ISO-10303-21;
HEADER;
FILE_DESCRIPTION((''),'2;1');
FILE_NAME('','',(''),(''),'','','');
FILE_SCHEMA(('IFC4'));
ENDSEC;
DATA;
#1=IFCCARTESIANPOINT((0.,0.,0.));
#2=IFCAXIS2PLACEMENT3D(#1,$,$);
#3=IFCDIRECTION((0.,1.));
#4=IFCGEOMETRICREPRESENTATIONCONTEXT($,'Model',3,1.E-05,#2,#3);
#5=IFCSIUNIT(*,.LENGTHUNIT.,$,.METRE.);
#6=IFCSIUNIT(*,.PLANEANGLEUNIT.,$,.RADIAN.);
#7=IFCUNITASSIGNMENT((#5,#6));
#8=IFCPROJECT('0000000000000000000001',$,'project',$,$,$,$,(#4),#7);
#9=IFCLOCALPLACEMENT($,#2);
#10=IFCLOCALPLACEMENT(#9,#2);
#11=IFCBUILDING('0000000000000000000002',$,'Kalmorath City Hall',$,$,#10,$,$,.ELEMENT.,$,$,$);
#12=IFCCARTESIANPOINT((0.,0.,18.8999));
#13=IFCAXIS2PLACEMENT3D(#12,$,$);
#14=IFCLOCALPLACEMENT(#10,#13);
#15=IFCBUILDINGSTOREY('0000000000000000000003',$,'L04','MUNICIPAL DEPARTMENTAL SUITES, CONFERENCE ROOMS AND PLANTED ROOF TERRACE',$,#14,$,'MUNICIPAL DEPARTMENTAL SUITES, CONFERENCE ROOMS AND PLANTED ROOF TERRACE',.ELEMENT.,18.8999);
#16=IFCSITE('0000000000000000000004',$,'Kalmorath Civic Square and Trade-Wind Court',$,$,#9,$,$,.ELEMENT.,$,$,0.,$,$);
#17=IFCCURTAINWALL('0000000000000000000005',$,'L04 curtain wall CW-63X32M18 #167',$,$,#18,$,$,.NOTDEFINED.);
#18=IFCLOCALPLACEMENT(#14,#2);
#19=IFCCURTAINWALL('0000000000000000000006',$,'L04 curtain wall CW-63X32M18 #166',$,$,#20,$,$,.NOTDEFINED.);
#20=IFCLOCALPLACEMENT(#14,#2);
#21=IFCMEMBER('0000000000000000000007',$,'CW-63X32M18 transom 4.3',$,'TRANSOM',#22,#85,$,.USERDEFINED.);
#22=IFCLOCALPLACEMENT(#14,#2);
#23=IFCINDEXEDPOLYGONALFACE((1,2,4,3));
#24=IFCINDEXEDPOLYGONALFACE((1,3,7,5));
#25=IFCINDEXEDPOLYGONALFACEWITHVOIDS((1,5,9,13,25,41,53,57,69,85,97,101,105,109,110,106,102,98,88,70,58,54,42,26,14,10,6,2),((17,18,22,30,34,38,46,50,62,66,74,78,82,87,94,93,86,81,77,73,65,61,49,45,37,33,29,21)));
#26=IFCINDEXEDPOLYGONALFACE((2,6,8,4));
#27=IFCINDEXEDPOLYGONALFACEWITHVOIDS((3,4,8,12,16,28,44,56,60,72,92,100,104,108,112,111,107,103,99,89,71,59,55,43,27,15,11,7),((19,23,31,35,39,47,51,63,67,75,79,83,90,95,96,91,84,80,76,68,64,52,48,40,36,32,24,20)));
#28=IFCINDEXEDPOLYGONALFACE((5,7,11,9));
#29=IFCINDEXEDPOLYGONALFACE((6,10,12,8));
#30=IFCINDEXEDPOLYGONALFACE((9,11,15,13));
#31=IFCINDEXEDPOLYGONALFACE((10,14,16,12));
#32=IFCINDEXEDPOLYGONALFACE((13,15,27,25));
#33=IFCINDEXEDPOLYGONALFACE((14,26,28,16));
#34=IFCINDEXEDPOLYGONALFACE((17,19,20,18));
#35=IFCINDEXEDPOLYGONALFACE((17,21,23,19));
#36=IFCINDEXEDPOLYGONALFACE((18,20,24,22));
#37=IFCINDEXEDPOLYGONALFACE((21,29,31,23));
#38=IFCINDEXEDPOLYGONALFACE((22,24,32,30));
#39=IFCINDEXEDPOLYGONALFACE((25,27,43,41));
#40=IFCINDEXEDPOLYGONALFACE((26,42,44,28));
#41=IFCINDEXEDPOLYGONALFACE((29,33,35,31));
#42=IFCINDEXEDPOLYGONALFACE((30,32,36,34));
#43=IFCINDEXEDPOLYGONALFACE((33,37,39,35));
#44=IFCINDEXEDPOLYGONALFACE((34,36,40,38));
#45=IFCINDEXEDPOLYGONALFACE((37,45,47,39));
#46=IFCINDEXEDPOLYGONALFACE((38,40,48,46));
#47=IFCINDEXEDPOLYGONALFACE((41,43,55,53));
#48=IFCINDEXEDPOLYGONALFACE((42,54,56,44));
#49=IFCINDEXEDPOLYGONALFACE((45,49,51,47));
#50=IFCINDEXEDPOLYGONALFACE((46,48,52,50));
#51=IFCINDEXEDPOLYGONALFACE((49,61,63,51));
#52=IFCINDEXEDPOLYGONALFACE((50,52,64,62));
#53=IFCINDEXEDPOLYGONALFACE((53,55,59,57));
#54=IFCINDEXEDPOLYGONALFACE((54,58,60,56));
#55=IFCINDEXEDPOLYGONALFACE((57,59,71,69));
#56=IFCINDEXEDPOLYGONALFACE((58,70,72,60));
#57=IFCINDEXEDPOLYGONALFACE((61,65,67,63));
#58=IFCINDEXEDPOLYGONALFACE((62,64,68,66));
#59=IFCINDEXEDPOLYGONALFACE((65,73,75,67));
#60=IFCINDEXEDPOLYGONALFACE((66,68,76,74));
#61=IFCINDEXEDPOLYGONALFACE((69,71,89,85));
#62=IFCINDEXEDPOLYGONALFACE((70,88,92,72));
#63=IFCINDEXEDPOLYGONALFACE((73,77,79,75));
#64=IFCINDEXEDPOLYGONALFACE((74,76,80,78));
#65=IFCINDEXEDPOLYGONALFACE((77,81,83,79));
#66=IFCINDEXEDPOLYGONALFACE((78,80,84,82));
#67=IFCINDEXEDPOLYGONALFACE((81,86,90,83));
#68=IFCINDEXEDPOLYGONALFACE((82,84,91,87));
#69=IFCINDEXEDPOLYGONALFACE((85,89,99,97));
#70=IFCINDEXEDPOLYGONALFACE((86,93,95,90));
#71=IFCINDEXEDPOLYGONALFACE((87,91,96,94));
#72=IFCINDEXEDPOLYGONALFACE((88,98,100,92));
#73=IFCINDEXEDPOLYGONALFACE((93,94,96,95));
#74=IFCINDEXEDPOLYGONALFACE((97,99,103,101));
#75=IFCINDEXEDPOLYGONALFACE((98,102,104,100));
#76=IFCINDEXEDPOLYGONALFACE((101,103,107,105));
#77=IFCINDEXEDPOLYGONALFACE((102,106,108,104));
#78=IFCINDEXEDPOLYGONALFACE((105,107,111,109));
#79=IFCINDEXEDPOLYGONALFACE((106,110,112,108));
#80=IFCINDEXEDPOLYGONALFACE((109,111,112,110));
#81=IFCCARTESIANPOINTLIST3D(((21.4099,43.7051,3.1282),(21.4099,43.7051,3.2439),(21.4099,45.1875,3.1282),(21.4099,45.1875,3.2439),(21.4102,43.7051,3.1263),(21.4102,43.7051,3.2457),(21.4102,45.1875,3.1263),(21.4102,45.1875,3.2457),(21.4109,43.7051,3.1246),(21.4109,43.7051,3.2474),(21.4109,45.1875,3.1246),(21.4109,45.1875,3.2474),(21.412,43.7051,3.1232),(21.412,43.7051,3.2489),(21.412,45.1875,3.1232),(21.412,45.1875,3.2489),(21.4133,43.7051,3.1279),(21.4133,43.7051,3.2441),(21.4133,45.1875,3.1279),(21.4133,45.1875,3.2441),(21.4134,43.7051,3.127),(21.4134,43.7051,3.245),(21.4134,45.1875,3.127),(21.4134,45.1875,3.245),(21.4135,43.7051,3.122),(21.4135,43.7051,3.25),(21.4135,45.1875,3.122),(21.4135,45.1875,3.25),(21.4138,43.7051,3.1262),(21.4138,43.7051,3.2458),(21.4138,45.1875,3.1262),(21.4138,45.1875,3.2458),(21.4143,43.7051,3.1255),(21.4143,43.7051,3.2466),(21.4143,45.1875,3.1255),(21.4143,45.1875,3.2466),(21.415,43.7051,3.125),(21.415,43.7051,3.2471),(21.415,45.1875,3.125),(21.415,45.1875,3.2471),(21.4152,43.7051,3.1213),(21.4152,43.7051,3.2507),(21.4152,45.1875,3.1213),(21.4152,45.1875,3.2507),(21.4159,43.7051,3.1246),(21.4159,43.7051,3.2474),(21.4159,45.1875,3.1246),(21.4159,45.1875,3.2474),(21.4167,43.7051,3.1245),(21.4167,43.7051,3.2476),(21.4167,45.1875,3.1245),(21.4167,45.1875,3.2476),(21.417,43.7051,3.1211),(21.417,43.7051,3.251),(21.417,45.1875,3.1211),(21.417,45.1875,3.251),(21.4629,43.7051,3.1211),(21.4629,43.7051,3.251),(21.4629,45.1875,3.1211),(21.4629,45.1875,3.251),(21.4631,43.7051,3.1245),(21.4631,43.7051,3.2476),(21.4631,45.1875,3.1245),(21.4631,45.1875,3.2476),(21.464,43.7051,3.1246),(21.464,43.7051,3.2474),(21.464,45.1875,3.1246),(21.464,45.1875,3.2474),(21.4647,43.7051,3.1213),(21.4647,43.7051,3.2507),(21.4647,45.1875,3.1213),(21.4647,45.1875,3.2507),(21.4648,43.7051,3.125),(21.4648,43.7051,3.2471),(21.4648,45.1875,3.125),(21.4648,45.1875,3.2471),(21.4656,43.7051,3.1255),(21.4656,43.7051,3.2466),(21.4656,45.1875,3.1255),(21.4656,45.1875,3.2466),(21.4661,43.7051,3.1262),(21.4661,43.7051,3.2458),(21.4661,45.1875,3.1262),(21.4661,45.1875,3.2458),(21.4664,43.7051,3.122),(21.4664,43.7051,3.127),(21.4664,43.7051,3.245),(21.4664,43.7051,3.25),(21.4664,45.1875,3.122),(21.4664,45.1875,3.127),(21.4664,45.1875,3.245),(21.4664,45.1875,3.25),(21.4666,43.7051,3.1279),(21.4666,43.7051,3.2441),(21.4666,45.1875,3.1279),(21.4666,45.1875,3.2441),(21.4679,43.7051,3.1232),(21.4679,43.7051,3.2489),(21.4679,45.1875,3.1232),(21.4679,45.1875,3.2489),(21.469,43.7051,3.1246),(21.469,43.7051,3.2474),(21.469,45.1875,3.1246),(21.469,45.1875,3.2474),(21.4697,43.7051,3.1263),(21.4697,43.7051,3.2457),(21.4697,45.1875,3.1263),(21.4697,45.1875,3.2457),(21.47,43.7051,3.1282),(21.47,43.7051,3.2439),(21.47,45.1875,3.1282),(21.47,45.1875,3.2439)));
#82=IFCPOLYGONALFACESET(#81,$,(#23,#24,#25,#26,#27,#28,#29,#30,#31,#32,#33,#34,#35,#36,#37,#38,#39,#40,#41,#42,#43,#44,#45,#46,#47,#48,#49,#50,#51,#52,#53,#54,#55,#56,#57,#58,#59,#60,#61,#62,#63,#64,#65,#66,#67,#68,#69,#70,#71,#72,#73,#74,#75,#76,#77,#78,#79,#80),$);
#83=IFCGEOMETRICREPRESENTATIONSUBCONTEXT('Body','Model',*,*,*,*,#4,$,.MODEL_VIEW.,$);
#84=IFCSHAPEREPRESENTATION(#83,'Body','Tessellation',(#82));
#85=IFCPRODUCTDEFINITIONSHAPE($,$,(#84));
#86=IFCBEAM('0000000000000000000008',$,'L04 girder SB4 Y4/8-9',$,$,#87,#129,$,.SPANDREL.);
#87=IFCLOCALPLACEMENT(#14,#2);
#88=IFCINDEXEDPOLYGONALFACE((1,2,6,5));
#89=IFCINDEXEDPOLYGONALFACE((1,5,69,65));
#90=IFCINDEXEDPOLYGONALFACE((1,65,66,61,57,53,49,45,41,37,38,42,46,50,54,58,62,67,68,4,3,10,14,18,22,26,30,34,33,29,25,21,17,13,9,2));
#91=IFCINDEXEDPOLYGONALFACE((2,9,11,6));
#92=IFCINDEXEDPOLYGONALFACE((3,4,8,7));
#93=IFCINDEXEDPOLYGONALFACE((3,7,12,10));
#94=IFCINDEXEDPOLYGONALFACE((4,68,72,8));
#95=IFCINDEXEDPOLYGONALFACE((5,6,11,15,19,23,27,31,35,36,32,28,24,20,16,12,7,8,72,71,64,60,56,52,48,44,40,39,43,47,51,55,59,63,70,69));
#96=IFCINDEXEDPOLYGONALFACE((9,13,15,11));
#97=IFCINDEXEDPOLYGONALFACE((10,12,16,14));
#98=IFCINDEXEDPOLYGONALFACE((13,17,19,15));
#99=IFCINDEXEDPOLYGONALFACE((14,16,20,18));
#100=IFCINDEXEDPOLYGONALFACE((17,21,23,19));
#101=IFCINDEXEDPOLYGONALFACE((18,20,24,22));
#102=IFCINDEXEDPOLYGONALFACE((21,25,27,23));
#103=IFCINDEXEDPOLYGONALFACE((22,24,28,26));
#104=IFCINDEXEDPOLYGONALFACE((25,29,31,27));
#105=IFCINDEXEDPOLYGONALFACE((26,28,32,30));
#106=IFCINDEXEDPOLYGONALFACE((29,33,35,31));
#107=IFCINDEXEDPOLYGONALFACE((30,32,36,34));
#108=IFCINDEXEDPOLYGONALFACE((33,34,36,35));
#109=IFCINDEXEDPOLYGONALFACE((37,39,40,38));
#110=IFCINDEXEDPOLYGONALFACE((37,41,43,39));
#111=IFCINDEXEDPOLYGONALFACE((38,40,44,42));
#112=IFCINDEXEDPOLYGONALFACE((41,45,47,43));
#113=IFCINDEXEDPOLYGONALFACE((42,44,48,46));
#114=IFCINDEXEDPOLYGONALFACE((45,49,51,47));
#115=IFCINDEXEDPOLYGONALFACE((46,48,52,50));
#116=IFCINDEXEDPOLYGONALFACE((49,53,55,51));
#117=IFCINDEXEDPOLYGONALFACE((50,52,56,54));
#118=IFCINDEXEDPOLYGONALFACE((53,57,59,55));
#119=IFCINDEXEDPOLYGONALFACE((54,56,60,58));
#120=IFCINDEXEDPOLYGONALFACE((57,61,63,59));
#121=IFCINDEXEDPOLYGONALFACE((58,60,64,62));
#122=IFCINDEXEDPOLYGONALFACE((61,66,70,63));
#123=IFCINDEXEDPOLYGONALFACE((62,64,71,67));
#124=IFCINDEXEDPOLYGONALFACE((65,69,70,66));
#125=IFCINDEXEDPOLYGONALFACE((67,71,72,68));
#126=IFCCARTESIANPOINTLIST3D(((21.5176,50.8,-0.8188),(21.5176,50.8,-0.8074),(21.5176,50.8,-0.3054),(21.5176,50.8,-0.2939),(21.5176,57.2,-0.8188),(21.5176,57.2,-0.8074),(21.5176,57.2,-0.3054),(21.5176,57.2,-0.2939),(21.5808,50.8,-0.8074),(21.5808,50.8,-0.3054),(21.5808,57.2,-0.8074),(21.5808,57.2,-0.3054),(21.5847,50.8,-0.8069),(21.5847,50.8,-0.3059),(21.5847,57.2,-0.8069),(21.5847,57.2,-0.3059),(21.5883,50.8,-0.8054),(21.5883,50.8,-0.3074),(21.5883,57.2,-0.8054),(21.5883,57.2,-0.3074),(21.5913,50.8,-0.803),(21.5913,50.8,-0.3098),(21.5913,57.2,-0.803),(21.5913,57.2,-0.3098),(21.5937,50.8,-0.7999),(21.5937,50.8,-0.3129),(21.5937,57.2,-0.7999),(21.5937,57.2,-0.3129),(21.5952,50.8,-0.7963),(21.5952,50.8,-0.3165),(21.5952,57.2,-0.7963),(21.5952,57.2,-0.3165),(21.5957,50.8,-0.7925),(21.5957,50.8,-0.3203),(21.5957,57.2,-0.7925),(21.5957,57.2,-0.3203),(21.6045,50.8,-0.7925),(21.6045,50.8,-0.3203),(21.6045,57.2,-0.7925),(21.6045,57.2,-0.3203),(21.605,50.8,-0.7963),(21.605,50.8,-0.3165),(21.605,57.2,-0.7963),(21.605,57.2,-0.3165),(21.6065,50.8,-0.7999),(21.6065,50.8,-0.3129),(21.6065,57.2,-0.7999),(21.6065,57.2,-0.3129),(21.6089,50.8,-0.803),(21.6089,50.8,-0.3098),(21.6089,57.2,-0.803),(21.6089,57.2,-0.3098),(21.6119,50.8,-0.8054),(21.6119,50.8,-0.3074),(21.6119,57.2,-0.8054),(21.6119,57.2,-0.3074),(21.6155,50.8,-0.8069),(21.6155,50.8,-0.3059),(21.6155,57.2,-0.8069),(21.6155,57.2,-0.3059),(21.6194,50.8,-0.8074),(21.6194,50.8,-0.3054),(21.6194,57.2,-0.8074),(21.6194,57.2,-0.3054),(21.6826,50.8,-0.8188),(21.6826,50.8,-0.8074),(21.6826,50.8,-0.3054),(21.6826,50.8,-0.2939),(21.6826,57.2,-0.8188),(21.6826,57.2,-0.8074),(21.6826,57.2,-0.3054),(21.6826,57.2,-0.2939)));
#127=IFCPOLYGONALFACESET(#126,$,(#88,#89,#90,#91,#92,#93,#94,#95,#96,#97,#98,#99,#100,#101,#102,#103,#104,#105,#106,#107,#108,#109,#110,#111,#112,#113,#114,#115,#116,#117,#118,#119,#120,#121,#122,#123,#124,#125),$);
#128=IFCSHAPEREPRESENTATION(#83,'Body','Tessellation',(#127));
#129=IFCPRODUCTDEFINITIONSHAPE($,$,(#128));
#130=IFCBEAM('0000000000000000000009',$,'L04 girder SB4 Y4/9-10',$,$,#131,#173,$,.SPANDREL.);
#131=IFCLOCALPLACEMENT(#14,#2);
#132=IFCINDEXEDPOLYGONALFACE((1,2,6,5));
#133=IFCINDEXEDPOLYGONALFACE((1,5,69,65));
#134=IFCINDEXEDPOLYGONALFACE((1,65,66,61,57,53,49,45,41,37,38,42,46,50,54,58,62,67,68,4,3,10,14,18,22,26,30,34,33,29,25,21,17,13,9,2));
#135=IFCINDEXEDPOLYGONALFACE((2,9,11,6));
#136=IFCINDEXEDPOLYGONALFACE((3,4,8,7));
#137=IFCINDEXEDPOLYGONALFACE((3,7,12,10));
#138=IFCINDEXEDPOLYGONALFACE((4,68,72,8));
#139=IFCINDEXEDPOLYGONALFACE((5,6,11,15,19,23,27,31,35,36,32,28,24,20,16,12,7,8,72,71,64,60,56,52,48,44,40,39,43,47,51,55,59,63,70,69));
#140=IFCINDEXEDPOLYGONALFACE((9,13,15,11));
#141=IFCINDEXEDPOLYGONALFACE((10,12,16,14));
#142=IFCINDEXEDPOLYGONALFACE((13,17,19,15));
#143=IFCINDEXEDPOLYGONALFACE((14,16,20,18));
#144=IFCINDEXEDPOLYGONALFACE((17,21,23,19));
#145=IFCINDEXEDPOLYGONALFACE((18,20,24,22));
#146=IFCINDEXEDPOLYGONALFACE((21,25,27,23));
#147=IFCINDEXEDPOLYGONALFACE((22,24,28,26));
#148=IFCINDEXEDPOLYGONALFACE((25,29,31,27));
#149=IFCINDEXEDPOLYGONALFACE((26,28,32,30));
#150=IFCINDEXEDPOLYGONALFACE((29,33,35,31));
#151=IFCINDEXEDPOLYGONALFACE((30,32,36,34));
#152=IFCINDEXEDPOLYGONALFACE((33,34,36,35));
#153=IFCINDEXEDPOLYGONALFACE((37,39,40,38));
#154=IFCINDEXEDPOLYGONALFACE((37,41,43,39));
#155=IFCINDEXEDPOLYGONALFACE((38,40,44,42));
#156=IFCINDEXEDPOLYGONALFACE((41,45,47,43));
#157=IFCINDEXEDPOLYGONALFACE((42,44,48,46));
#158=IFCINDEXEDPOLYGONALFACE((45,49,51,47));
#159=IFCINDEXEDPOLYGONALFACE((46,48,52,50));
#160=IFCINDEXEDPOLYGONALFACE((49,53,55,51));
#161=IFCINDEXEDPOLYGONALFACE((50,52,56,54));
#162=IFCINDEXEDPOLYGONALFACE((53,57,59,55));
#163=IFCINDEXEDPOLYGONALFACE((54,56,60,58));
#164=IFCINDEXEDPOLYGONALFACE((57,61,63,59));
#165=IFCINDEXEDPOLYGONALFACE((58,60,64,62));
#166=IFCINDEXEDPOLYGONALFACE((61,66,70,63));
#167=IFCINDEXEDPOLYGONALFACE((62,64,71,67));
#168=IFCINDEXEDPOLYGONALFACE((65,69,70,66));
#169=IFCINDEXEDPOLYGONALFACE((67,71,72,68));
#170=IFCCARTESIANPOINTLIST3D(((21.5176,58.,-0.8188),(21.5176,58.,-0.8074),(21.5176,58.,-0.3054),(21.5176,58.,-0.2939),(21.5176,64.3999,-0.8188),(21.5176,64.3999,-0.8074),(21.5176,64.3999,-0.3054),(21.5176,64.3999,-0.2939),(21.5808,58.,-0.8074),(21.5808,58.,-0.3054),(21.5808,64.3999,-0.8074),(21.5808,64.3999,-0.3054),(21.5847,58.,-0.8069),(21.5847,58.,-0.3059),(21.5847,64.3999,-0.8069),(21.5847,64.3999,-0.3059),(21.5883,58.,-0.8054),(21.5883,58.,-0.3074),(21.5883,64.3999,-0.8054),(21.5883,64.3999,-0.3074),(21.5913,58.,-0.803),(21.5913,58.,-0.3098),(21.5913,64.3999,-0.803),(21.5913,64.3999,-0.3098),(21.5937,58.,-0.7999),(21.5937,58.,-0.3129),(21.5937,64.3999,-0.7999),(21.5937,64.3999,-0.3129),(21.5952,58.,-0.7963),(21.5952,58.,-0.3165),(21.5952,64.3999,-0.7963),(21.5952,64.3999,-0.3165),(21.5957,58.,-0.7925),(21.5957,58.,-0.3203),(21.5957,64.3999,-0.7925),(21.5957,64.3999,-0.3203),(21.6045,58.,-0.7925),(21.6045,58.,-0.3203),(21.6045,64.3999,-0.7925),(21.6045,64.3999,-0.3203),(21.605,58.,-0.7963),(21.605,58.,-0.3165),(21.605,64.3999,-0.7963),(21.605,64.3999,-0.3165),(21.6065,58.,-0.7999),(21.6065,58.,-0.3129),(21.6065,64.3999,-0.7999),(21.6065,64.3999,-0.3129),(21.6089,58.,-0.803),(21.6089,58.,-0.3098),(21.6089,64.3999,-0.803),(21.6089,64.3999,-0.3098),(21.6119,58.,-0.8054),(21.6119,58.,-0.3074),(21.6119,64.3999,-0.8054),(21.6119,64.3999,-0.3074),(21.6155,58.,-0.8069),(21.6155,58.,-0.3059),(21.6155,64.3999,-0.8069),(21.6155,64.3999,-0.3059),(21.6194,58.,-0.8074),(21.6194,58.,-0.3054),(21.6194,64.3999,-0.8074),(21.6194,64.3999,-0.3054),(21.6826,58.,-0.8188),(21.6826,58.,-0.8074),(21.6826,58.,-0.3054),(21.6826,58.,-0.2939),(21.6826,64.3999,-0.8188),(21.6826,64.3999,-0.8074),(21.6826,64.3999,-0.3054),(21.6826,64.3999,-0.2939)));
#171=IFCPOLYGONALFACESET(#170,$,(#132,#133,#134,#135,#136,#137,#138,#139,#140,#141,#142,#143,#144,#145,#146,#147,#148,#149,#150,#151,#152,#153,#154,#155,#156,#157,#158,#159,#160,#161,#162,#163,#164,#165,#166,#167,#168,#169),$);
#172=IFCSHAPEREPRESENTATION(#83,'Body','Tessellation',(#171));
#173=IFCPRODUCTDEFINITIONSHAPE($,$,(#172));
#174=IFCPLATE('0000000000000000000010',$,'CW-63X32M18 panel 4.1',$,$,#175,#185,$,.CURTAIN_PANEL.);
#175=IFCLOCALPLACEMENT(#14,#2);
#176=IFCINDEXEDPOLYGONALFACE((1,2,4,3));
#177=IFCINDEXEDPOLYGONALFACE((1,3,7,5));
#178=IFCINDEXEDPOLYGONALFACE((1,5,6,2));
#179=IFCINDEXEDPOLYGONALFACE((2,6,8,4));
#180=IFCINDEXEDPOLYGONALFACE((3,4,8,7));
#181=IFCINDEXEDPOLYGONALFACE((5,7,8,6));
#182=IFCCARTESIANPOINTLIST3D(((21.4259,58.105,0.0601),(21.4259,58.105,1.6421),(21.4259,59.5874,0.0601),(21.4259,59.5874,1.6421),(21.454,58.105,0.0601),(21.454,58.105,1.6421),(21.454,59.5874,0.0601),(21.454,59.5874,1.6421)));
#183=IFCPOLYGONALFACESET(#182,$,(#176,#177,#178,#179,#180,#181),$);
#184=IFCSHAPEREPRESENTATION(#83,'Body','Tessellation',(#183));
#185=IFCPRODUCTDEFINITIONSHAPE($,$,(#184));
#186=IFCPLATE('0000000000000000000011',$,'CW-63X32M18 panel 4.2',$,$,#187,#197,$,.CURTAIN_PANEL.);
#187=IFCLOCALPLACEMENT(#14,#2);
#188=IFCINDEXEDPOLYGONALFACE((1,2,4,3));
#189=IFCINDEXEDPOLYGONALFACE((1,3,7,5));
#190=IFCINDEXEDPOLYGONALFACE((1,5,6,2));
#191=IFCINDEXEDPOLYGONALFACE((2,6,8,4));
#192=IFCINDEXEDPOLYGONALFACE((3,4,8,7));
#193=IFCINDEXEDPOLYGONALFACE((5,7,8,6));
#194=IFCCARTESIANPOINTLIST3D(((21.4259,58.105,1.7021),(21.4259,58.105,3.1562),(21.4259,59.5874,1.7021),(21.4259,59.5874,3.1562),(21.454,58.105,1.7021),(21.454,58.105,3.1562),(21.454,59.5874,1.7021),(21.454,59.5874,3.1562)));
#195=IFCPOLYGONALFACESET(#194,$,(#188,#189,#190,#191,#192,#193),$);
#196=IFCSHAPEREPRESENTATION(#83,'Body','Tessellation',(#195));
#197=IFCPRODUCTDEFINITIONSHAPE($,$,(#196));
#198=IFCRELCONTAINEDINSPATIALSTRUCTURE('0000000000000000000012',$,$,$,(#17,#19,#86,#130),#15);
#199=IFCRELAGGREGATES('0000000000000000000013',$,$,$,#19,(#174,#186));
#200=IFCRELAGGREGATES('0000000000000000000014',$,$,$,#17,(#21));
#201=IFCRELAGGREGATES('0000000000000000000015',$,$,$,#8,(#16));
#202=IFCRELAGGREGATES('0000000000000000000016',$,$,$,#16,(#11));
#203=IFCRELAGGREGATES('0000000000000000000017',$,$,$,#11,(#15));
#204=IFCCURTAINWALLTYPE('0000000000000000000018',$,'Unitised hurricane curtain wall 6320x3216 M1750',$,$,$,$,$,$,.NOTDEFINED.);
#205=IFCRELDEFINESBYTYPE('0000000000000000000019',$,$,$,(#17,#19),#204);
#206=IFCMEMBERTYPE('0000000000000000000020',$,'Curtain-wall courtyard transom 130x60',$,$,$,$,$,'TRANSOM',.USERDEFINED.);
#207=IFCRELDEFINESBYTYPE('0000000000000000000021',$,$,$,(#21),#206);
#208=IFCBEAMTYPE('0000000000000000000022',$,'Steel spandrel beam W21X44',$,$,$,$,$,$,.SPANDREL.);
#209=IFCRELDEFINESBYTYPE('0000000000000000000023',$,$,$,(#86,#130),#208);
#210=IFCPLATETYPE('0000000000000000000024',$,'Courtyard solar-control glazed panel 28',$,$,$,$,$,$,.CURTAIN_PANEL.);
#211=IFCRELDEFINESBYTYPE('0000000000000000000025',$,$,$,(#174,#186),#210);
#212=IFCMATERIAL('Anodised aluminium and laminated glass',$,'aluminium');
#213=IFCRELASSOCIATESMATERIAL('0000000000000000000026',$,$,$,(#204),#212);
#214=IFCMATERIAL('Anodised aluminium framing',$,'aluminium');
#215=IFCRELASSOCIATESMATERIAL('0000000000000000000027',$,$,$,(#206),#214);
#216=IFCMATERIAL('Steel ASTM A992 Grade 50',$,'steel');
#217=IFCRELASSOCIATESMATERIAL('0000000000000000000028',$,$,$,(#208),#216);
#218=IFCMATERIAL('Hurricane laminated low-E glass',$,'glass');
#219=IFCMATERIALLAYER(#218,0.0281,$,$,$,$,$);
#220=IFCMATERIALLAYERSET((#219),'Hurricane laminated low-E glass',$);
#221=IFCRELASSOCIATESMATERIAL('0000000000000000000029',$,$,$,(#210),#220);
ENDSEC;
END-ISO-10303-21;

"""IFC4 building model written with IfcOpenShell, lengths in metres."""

from ifc_helpers import new_model, si_unit, direction, frame, origin, origin_2d, place, context, subcontext, project, spatial, rectangle, hollow_rectangle, i_section, extrude, material, layer, layer_set, material_profile, profile_set, type_object, element, aggregate, save


model = new_model("IFC4")

# Units and contexts
model_context = context("Model", 3, precision=1e-05, world=origin(), true_north=direction((0.0, 1.0)))
body_context = subcontext(model_context, "Body", "Model", "MODEL_VIEW")
ifc_project = project(units=[si_unit("LENGTHUNIT", "METRE"), si_unit("PLANEANGLEUNIT", "RADIAN")], contexts=[model_context])

# Site, building, storey
site_placement = place(None, origin())
site = spatial("IfcSite", under=ifc_project, at=site_placement, Name="Kalmorath Civic Square and Trade-Wind Court", CompositionType="ELEMENT", RefElevation=0.0)
building_placement = place(site_placement, origin())
building = spatial("IfcBuilding", under=site, at=building_placement, Name="Kalmorath City Hall", CompositionType="ELEMENT")
storey_placement = place(building_placement, frame((0.0, 0.0, 18.8999)))
storey = spatial("IfcBuildingStorey", under=building, at=storey_placement, Name="L04", Description="MUNICIPAL DEPARTMENTAL SUITES, CONFERENCE ROOMS AND PLANTED ROOF TERRACE", LongName="MUNICIPAL DEPARTMENTAL SUITES, CONFERENCE ROOMS AND PLANTED ROOF TERRACE", CompositionType="ELEMENT", Elevation=18.8999)

# Curtain walls
ifc_material_1 = material(Name="Anodised aluminium and laminated glass", Category="aluminium")
curtain_wall_type = type_object("IfcCurtainWallType", Name="Unitised hurricane curtain wall 6320x3216 M1750", PredefinedType="NOTDEFINED", material=ifc_material_1)
curtain_wall_1_placement = place(storey_placement, origin())
curtain_wall_1 = element("IfcCurtainWall", 1, at=curtain_wall_1_placement, inside=storey, type_object=curtain_wall_type, Name="L04 curtain wall CW-63X32M18 #167", PredefinedType="NOTDEFINED")
curtain_wall_2_placement = place(storey_placement, origin())
curtain_wall_2 = element("IfcCurtainWall", 2, at=curtain_wall_2_placement, inside=storey, type_object=curtain_wall_type, Name="L04 curtain wall CW-63X32M18 #166", PredefinedType="NOTDEFINED")
ifc_material_2 = material(Name="Anodised aluminium framing", Category="aluminium")
ifc_material_profile_1 = material_profile(ifc_material_2, hollow_rectangle(XDim=0.0601, YDim=0.1299, WallThickness=0.0034, InnerFilletRadius=0.0034, OuterFilletRadius=0.0071, at=origin_2d()), Name="ALU-TRN-130X60X3.5")
ifc_profile_set_1 = profile_set([ifc_material_profile_1], Name="Anodised aluminium framing")
member_type_1 = type_object("IfcMemberType", Name="Curtain-wall courtyard transom 130x60", ElementType="TRANSOM", PredefinedType="USERDEFINED", material=ifc_profile_set_1)

# Member
member_1_placement = place(storey_placement, frame((21.4399, 45.1875, 3.186), z_axis=(0.0, -1.0, 0.0), x_axis=(1.0, 0.0, 0.0)))
member_1 = element("IfcMember", 3, at=member_1_placement, type_object=member_type_1, Name="CW-63X32M18 transom 4.3", ObjectType="TRANSOM", PredefinedType="USERDEFINED", context=body_context, shape_type="SweptSolid", body=[
    extrude(hollow_rectangle(XDim=0.0601, YDim=0.1299, WallThickness=0.0034, InnerFilletRadius=0.0034, OuterFilletRadius=0.0071, at=origin_2d()), origin(), (0.0, 0.0, 1.0), 1.4824),
])

# Beams
ifc_material_3 = material(Name="Steel ASTM A992 Grade 50", Category="steel")
ifc_material_profile_2 = material_profile(ifc_material_3, i_section(OverallWidth=0.165, OverallDepth=0.5249, WebThickness=0.0088, FlangeThickness=0.0115, FilletRadius=0.0149, at=origin_2d()), Name="W21X44")
ifc_profile_set_2 = profile_set([ifc_material_profile_2], Name="Steel ASTM A992 Grade 50")
beam_type = type_object("IfcBeamType", Name="Steel spandrel beam W21X44", PredefinedType="SPANDREL", material=ifc_profile_set_2)
for number, where, z_axis, x_axis, name in (
    (4, (21.6001, 50.8, -0.5564), (0.0, 1.0, 0.0), (-1.0, 0.0, 0.0), "L04 girder SB4 Y4/8-9"),
    (5, (21.6001, 58.0, -0.5564), (0.0, 1.0, 0.0), (-1.0, 0.0, 0.0), "L04 girder SB4 Y4/9-10"),
):
    element("IfcBeam", number, at=place(storey_placement, frame(where, z_axis=z_axis, x_axis=x_axis)), inside=storey, type_object=beam_type, Name=name, PredefinedType="SPANDREL", context=body_context, shape_type="SweptSolid", body=[
        extrude(i_section(OverallWidth=0.165, OverallDepth=0.5249, WebThickness=0.0088, FlangeThickness=0.0115, FilletRadius=0.0149, at=origin_2d()), origin(), (0.0, 0.0, 1.0), 6.3999),
    ])

# Plates
ifc_material_4 = material(Name="Hurricane laminated low-E glass", Category="glass")
ifc_layer = layer(ifc_material_4, 0.0281)
ifc_layer_set = layer_set([ifc_layer], Name="Hurricane laminated low-E glass")
plate_type = type_object("IfcPlateType", Name="Courtyard solar-control glazed panel 28", PredefinedType="CURTAIN_PANEL", material=ifc_layer_set)
plate_1_placement = place(storey_placement, frame((21.4399, 58.8462, 0.0601), z_axis=(0.0, 0.0, 1.0), x_axis=(0.0, -1.0, 0.0)))
plate_1 = element("IfcPlate", 6, at=plate_1_placement, type_object=plate_type, Name="CW-63X32M18 panel 4.1", PredefinedType="CURTAIN_PANEL", context=body_context, shape_type="SweptSolid", body=[
    extrude(rectangle(XDim=1.4824, YDim=0.0281, at=origin_2d()), origin(), (0.0, 0.0, 1.0), 1.582),
])
plate_2_placement = place(storey_placement, frame((21.4399, 58.8462, 1.7021), z_axis=(0.0, 0.0, 1.0), x_axis=(0.0, -1.0, 0.0)))
plate_2 = element("IfcPlate", 7, at=plate_2_placement, type_object=plate_type, Name="CW-63X32M18 panel 4.2", PredefinedType="CURTAIN_PANEL", context=body_context, shape_type="SweptSolid", body=[
    extrude(rectangle(XDim=1.4824, YDim=0.0281, at=origin_2d()), origin(), (0.0, 0.0, 1.0), 1.4541),
])
aggregate(curtain_wall_2, [plate_1, plate_2])
aggregate(curtain_wall_1, [member_1])

save(model, "model.ifc")
